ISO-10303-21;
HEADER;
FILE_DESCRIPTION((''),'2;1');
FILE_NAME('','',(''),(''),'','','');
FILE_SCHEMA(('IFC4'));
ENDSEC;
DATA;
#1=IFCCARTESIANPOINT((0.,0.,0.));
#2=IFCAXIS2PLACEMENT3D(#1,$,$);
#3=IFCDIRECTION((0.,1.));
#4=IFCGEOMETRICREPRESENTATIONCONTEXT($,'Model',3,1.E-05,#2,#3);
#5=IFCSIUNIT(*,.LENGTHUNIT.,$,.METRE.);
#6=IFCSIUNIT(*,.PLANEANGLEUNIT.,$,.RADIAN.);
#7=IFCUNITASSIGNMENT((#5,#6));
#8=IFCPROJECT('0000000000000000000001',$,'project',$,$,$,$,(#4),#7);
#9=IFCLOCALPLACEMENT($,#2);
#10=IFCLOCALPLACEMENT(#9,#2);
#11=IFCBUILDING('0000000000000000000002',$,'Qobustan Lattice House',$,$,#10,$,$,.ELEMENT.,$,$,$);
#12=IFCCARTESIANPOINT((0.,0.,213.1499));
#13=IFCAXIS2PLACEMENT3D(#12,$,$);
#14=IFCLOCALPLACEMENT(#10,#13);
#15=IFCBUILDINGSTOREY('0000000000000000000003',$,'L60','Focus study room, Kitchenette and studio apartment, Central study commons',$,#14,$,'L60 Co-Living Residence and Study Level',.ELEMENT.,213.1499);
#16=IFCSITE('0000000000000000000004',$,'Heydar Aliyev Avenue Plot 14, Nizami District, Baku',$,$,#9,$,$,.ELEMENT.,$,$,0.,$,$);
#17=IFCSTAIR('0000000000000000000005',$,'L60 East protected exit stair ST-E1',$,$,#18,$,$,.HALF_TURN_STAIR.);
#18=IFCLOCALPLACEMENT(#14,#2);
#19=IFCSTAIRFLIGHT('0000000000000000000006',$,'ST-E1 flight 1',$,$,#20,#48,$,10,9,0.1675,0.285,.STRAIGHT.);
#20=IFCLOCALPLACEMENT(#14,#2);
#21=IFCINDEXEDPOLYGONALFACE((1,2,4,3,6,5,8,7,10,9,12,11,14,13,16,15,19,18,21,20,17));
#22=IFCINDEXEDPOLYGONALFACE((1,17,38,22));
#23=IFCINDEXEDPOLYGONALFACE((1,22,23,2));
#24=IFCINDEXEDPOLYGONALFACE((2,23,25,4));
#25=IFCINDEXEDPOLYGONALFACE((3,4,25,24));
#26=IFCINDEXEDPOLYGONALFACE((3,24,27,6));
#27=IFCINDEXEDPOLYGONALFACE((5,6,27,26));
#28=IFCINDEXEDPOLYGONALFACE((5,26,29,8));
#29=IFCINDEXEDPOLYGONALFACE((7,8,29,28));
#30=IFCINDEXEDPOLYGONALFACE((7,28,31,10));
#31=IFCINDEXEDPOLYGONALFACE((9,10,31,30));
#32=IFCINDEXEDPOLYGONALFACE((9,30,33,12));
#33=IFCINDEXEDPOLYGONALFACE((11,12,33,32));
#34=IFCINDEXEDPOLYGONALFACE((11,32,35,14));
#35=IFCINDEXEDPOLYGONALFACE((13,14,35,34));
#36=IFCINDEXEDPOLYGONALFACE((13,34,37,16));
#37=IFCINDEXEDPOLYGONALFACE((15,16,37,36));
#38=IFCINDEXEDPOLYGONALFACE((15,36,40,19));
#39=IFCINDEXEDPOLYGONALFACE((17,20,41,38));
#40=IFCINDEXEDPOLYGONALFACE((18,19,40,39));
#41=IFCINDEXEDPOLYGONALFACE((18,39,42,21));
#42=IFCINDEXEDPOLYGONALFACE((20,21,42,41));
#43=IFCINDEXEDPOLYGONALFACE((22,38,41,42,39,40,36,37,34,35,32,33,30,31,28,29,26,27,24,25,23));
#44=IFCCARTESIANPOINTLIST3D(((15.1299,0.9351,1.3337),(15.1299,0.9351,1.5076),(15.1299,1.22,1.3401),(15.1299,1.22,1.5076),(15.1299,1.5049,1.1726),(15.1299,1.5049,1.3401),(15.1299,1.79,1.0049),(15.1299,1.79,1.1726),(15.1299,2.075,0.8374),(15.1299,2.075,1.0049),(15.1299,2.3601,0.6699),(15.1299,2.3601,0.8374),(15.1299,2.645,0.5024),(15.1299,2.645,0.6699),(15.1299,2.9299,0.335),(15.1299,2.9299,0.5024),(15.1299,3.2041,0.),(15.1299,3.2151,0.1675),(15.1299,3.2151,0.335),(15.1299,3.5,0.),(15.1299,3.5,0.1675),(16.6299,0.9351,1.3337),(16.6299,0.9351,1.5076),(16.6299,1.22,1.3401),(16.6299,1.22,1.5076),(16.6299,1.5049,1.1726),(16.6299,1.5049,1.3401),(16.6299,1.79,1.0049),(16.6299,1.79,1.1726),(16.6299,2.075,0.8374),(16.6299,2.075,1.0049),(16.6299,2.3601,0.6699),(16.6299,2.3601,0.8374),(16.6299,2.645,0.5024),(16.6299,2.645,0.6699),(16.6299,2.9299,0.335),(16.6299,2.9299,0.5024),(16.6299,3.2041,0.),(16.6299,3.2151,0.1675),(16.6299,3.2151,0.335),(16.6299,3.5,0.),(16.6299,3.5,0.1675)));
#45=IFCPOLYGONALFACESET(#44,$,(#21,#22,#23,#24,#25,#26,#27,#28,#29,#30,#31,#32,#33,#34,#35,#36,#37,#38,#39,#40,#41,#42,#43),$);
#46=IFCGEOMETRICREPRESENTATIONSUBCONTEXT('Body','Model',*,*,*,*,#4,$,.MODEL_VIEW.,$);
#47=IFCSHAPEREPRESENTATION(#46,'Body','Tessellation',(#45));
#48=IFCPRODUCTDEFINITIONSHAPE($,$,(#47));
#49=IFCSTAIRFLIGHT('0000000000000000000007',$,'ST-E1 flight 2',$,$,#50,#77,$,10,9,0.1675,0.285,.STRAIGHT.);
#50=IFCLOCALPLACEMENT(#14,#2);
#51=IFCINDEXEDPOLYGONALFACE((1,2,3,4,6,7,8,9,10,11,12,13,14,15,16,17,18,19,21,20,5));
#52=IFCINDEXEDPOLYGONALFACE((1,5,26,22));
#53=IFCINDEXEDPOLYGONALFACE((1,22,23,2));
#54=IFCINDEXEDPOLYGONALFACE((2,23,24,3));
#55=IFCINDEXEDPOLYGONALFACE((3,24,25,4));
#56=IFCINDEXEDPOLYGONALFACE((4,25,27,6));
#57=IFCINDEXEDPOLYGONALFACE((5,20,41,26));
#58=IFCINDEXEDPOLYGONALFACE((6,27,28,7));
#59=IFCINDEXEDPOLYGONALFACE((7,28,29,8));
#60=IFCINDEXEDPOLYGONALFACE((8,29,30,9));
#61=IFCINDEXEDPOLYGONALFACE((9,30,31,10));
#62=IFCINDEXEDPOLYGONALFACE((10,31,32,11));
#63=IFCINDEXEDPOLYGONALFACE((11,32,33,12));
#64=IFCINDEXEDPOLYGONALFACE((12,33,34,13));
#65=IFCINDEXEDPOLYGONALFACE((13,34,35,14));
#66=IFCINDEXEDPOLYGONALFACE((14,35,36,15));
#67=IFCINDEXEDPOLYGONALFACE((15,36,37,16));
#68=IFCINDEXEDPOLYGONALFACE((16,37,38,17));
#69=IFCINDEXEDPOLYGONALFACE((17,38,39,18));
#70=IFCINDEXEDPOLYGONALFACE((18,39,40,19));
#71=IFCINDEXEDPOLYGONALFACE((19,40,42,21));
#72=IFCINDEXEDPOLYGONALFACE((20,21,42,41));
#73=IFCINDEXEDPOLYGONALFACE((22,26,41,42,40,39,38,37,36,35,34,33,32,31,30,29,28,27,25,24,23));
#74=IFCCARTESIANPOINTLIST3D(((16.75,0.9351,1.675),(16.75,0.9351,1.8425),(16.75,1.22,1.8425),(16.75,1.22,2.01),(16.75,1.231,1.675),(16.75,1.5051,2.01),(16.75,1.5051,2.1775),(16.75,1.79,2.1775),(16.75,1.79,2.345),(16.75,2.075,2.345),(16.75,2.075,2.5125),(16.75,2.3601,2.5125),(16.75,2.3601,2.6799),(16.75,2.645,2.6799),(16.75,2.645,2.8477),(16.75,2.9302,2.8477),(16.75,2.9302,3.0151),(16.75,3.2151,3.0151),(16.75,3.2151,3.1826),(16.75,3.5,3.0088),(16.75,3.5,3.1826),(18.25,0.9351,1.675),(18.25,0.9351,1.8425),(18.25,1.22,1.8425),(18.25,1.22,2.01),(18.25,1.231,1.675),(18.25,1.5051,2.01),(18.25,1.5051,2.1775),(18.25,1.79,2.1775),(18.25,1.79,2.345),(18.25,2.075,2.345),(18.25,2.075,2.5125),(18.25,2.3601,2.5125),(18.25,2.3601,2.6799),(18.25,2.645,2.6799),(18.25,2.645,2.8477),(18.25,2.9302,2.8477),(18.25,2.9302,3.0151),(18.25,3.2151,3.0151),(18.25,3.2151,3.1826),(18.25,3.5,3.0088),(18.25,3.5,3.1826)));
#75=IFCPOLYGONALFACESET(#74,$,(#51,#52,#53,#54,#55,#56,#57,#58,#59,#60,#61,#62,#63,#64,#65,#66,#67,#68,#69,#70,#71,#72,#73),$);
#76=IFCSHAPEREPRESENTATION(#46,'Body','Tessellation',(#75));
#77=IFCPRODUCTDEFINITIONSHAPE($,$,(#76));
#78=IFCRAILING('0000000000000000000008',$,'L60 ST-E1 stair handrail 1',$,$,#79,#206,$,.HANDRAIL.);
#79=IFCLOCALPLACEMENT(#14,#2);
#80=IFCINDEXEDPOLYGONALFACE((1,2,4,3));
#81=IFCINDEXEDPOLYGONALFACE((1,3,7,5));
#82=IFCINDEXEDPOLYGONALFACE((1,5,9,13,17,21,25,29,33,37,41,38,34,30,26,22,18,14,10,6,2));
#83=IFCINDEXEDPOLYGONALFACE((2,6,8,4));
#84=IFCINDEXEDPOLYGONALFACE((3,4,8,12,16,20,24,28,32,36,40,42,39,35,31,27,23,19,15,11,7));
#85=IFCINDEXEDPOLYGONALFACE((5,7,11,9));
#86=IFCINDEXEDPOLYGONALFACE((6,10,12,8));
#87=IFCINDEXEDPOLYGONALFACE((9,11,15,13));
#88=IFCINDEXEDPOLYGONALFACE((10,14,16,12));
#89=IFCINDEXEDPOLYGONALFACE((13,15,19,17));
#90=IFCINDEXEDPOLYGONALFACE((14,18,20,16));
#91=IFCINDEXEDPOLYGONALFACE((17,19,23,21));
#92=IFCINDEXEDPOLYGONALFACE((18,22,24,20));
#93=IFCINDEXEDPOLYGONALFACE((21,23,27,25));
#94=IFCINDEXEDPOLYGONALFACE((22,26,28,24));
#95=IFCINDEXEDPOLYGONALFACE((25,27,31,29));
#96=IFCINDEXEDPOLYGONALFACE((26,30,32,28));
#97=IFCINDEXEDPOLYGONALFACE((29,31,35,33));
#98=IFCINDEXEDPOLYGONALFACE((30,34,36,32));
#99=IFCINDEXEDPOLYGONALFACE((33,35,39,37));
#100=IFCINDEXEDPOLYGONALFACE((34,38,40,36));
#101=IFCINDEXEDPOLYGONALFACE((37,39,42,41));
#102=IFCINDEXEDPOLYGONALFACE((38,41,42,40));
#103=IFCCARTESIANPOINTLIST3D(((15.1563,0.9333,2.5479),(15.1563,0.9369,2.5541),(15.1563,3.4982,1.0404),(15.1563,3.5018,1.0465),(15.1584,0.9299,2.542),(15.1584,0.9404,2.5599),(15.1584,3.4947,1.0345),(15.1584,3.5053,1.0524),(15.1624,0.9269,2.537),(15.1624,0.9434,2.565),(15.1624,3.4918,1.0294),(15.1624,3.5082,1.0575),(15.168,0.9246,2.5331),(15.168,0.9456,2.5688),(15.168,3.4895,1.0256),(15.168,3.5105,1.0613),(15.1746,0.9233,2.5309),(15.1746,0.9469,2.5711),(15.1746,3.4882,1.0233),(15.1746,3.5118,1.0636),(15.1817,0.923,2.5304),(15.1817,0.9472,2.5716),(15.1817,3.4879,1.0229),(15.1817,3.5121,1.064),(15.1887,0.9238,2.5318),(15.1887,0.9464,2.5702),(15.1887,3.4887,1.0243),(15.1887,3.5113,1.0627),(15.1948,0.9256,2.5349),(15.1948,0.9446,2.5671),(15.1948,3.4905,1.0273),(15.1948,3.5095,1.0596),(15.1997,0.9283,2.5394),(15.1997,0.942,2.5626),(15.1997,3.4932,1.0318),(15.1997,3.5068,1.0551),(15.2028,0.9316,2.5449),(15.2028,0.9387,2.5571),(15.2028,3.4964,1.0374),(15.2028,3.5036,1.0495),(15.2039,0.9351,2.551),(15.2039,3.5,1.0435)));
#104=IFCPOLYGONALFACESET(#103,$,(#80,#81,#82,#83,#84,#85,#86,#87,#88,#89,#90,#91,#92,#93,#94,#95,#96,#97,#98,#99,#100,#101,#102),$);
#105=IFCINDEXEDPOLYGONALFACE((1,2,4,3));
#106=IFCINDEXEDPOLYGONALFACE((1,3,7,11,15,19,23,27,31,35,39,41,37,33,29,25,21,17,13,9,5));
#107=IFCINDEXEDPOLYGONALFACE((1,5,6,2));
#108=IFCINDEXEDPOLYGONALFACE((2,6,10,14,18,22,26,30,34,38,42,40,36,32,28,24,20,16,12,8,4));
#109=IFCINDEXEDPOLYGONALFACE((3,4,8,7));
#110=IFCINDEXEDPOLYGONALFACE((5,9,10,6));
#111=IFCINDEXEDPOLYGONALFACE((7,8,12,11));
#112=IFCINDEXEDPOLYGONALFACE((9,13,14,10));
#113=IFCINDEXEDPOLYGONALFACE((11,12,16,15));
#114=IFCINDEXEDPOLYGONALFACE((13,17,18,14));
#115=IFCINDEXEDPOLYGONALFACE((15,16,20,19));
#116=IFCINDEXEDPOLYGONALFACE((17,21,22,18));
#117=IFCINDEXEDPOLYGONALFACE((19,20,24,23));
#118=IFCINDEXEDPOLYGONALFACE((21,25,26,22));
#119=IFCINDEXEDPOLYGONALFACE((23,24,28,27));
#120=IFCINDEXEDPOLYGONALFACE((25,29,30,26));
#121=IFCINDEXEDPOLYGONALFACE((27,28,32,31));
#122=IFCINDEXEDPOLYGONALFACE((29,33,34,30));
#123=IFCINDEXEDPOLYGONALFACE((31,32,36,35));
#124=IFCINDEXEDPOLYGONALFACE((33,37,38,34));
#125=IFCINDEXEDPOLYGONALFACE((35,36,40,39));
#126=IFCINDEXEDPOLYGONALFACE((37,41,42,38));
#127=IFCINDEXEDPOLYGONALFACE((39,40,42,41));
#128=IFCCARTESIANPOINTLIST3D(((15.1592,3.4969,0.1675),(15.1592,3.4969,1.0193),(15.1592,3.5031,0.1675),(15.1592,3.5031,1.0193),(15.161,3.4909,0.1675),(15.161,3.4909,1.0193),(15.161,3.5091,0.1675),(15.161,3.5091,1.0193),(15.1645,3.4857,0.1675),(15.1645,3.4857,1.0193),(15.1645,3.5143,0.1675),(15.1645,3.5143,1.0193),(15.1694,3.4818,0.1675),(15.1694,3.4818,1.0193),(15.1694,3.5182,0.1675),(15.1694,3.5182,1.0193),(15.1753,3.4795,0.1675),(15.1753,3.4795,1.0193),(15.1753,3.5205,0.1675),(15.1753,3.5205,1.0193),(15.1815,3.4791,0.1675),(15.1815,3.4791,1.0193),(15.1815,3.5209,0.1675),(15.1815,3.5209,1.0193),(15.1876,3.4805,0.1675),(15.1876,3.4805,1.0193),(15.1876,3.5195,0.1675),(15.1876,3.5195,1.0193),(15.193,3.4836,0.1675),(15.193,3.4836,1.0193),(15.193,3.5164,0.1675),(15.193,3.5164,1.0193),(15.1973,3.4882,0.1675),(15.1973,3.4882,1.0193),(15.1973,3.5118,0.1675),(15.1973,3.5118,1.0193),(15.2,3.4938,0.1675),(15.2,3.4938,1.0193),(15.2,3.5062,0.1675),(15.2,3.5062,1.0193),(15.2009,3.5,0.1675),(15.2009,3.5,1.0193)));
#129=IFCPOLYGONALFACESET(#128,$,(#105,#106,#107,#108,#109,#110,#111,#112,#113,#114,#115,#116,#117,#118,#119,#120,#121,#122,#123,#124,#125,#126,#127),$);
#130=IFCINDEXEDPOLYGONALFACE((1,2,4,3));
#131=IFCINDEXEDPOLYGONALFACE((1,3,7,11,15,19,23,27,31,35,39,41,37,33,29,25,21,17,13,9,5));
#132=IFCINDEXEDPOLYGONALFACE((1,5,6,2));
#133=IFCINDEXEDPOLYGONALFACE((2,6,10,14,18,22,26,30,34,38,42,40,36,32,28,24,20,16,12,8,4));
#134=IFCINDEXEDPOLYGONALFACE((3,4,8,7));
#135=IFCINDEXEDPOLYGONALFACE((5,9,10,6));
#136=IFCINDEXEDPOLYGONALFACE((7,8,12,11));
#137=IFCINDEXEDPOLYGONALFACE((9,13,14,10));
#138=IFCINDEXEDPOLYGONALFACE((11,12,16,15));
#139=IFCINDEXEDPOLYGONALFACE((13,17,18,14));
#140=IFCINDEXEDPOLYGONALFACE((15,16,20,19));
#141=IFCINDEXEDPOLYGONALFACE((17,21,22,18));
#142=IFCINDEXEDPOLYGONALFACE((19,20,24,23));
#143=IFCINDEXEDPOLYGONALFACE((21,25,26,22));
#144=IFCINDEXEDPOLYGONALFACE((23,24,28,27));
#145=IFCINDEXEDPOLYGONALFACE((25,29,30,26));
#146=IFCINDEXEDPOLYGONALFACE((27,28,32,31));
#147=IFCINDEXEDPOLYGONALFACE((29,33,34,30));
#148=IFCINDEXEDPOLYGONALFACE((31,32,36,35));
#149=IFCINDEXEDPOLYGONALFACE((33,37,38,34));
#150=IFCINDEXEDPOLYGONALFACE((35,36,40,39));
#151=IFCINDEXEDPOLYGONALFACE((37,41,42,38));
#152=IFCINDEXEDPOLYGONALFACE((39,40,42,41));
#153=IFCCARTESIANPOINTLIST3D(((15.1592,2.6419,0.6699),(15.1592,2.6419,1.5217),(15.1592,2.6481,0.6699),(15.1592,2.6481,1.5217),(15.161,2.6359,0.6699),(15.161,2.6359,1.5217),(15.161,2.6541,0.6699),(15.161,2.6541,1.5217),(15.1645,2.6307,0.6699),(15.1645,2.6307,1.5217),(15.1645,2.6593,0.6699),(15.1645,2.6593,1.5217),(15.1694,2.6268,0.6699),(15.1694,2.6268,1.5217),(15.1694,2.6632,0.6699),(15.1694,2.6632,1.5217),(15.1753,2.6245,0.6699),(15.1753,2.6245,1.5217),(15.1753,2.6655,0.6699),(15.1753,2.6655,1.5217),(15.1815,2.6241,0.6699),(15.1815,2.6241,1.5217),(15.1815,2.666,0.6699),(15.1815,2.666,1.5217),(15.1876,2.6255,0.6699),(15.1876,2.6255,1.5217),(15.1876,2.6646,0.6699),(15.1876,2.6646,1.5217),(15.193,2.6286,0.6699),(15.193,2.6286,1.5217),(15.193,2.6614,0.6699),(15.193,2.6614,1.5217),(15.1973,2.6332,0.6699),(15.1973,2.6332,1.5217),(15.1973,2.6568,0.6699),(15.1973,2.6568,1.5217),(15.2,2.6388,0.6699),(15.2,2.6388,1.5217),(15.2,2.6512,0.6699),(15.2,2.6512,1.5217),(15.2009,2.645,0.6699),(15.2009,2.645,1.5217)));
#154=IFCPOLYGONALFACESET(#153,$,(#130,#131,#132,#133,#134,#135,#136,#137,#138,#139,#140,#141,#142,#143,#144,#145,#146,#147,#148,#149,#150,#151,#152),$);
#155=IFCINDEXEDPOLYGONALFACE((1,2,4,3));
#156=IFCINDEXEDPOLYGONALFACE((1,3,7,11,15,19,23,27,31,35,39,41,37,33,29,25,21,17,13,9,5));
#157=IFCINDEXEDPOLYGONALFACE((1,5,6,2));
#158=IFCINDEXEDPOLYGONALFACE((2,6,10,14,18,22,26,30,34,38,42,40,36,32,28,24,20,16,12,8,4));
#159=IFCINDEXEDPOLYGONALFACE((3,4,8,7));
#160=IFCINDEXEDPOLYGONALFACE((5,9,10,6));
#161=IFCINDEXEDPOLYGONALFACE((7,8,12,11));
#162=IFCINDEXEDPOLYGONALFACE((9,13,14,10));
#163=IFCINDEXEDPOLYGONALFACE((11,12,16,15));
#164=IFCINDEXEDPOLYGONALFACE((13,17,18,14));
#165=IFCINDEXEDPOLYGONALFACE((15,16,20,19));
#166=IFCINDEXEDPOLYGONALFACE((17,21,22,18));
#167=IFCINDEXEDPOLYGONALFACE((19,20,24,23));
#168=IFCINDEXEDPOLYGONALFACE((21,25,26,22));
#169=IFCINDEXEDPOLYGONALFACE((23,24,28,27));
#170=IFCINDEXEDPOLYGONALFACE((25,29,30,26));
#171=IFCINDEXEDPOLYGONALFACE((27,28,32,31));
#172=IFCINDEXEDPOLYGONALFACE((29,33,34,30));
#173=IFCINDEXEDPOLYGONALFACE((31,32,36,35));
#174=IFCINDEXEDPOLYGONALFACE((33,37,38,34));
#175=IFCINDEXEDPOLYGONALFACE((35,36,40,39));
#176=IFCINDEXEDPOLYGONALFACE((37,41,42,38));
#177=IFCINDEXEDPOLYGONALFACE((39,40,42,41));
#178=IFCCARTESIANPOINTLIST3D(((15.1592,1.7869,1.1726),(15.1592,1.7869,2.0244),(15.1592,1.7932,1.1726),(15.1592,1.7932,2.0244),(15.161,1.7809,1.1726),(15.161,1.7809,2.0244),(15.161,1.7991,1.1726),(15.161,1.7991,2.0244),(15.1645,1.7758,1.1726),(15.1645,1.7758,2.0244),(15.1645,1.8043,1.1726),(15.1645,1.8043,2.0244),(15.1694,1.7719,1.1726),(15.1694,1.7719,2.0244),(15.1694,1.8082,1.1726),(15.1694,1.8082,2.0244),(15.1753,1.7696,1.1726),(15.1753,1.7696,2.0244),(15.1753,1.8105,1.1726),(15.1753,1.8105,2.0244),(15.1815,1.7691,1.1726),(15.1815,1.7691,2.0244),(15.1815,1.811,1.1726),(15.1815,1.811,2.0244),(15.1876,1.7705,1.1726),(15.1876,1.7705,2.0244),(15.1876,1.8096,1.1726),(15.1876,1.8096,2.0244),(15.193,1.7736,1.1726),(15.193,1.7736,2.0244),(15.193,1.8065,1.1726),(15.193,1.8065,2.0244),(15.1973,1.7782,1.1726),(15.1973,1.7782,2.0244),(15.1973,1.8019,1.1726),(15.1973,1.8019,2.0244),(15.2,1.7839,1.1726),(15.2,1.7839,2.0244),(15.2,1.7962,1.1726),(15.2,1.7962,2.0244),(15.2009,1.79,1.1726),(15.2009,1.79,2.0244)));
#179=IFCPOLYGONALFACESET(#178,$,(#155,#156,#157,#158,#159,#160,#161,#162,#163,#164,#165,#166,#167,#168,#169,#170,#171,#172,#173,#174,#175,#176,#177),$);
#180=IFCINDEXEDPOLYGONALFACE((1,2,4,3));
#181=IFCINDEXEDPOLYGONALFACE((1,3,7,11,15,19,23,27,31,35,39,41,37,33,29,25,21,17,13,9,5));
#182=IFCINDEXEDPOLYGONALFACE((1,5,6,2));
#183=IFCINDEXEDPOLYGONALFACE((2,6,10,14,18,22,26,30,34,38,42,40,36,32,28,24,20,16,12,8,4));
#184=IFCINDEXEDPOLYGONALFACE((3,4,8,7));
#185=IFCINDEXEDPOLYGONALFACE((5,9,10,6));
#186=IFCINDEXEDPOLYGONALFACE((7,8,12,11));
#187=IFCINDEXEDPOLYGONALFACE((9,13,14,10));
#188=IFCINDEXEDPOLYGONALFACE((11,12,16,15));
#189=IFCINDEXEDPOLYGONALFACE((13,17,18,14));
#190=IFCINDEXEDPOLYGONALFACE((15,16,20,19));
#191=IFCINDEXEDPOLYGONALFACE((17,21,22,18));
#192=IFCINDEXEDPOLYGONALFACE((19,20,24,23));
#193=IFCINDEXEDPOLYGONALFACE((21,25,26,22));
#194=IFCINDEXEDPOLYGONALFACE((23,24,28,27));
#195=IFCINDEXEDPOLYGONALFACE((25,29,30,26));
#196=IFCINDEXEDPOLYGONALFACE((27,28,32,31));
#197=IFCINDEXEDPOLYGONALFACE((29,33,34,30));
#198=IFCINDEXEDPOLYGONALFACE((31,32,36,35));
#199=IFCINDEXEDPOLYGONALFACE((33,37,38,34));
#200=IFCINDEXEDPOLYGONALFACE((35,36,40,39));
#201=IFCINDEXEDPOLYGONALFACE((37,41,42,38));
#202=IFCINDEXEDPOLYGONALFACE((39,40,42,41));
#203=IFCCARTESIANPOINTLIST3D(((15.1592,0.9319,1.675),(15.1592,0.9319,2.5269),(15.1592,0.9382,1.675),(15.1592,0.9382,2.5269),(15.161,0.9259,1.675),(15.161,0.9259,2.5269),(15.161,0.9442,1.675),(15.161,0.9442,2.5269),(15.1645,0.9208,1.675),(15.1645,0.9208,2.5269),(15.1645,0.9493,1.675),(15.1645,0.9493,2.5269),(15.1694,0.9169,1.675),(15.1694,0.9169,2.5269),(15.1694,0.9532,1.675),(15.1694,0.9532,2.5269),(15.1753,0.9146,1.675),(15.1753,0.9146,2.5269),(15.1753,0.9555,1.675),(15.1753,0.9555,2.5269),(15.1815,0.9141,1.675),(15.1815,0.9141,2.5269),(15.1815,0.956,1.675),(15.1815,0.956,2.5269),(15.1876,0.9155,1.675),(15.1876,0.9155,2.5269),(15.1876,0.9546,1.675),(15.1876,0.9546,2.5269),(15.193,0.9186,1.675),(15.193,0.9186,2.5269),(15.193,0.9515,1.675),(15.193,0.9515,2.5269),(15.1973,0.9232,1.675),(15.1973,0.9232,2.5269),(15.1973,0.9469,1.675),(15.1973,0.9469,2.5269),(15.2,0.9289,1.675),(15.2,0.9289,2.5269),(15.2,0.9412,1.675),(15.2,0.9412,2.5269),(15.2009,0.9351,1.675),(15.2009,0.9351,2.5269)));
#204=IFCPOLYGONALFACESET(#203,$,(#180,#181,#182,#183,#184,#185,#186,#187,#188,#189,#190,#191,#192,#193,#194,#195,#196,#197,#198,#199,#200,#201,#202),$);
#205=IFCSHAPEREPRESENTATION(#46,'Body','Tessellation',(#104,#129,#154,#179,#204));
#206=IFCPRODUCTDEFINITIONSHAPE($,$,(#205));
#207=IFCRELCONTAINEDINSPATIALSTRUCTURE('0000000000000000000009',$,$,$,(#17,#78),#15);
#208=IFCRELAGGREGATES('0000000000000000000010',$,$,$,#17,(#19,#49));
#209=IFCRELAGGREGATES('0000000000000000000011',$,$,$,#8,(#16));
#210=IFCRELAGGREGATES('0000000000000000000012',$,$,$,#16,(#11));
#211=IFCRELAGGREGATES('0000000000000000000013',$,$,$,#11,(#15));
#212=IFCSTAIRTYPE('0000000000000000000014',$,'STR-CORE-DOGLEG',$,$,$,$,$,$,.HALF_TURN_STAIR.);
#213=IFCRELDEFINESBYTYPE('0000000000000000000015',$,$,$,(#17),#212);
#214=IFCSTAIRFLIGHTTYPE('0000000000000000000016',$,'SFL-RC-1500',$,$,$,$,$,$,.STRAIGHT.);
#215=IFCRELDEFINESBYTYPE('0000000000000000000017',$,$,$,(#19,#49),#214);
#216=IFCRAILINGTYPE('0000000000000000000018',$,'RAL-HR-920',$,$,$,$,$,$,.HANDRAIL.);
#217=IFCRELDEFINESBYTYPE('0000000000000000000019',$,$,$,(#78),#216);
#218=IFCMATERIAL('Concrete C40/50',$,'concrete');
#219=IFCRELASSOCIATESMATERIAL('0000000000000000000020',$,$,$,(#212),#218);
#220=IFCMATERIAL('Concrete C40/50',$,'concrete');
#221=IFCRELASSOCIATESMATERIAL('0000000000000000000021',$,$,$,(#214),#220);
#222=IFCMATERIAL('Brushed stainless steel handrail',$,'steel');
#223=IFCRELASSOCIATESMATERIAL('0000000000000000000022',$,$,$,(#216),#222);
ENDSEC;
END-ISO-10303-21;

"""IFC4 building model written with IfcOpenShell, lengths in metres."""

from ifc_helpers import new_model, si_unit, direction, frame, origin, origin_2d, place, context, subcontext, project, spatial, polyline, circle, outline, extrude, material, type_object, element, aggregate, save


model = new_model("IFC4")

# Units and contexts
model_context = context("Model", 3, precision=1e-05, world=origin(), true_north=direction((0.0, 1.0)))
body_context = subcontext(model_context, "Body", "Model", "MODEL_VIEW")
ifc_project = project(units=[si_unit("LENGTHUNIT", "METRE"), si_unit("PLANEANGLEUNIT", "RADIAN")], contexts=[model_context])

# Site, building, storey
site_placement = place(None, origin())
site = spatial("IfcSite", under=ifc_project, at=site_placement, Name="Heydar Aliyev Avenue Plot 14, Nizami District, Baku", CompositionType="ELEMENT", RefElevation=0.0)
building_placement = place(site_placement, origin())
building = spatial("IfcBuilding", under=site, at=building_placement, Name="Qobustan Lattice House", CompositionType="ELEMENT")
storey_placement = place(building_placement, frame((0.0, 0.0, 213.1499)))
storey = spatial("IfcBuildingStorey", under=building, at=storey_placement, Name="L60", Description="Focus study room, Kitchenette and studio apartment, Central study commons", LongName="L60 Co-Living Residence and Study Level", CompositionType="ELEMENT", Elevation=213.1499)

# Stair, stair flights
ifc_material_1 = material(Name="Concrete C40/50", Category="concrete")
stair_type = type_object("IfcStairType", Name="STR-CORE-DOGLEG", PredefinedType="HALF_TURN_STAIR", material=ifc_material_1)
stair_placement = place(storey_placement, origin())
stair = element("IfcStair", 1, at=stair_placement, inside=storey, type_object=stair_type, Name="L60 East protected exit stair ST-E1", PredefinedType="HALF_TURN_STAIR")
ifc_material_2 = material(Name="Concrete C40/50", Category="concrete")
stair_flight_type = type_object("IfcStairFlightType", Name="SFL-RC-1500", PredefinedType="STRAIGHT", material=ifc_material_2)
stair_flight_1_placement = place(storey_placement, frame((15.8799, 3.5, 0.0), z_axis=(0.0, 0.0, 1.0), x_axis=(0.0, -1.0, 0.0)))
stair_flight_1 = element("IfcStairFlight", 2, at=stair_flight_1_placement, type_object=stair_flight_type, Name="ST-E1 flight 1", NumberOfRisers=10, NumberOfTreads=9, PredefinedType="STRAIGHT", RiserHeight=0.1675, TreadLength=0.285, context=body_context, shape_type="SweptSolid", body=[
    extrude(outline(polyline([(0.0, 0.0), (0.0, 0.1675), (0.2849, 0.1675), (0.2849, 0.335), (0.5701, 0.335), (0.5701, 0.5024), (0.855, 0.5024), (0.855, 0.6699), (1.1399, 0.6699), (1.1399, 0.8374), (1.425, 0.8374), (1.425, 1.0049), (1.71, 1.0049), (1.71, 1.1726), (1.9951, 1.1726), (1.9951, 1.3401), (2.28, 1.3401), (2.28, 1.5076), (2.5649, 1.5076), (2.5649, 1.675), (2.5649, 1.3337), (0.2959, 0.0), (0.0, 0.0)])), frame((0.0, 0.75, 0.0), z_axis=(0.0, -1.0, 0.0), x_axis=(1.0, 0.0, 0.0)), (0.0, 0.0, 1.0), 1.5),
])
stair_flight_2_placement = place(storey_placement, frame((17.5, 0.9351, 1.675), z_axis=(0.0, 0.0, 1.0), x_axis=(0.0, 1.0, 0.0)))
stair_flight_2 = element("IfcStairFlight", 3, at=stair_flight_2_placement, type_object=stair_flight_type, Name="ST-E1 flight 2", NumberOfRisers=10, NumberOfTreads=9, PredefinedType="STRAIGHT", RiserHeight=0.1675, TreadLength=0.285, context=body_context, shape_type="SweptSolid", body=[
    extrude(outline(polyline([(0.0, 0.0), (0.0, 0.1675), (0.2849, 0.1675), (0.2849, 0.335), (0.5701, 0.335), (0.5701, 0.5024), (0.855, 0.5024), (0.855, 0.6699), (1.1399, 0.6699), (1.1399, 0.8374), (1.425, 0.8374), (1.425, 1.0049), (1.71, 1.0049), (1.71, 1.1726), (1.9951, 1.1726), (1.9951, 1.3401), (2.28, 1.3401), (2.28, 1.5076), (2.5649, 1.5076), (2.5649, 1.675), (2.5649, 1.3337), (0.2959, 0.0), (0.0, 0.0)])), frame((0.0, 0.75, 0.0), z_axis=(0.0, -1.0, 0.0), x_axis=(1.0, 0.0, 0.0)), (0.0, 0.0, 1.0), 1.5),
])
aggregate(stair, [stair_flight_1, stair_flight_2])

# Railing
ifc_material_3 = material(Name="Brushed stainless steel handrail", Category="steel")
railing_type_1 = type_object("IfcRailingType", Name="RAL-HR-920", PredefinedType="HANDRAIL", material=ifc_material_3)
railing_1_placement = place(storey_placement, frame((15.1799, 3.5, 0.1675)))
element("IfcRailing", 4, at=railing_1_placement, inside=storey, type_object=railing_type_1, Name="L60 ST-E1 stair handrail 1", PredefinedType="HANDRAIL", context=body_context, shape_type="SweptSolid", body=[
    extrude(circle(Radius=0.0239, at=origin_2d()), frame((0.0, 0.0, 0.876), z_axis=(0.0, -0.862113, 0.506715), x_axis=(1.0, 0.0, 0.0)), (0.0, 0.0, 1.0), 2.9751),
    extrude(circle(Radius=0.021, at=origin_2d()), origin(), (0.0, 0.0, 1.0), 0.8518),
    extrude(circle(Radius=0.021, at=origin_2d()), frame((0.0, -0.855, 0.5024)), (0.0, 0.0, 1.0), 0.8518),
    extrude(circle(Radius=0.021, at=origin_2d()), frame((0.0, -1.71, 1.0051)), (0.0, 0.0, 1.0), 0.8518),
    extrude(circle(Radius=0.021, at=origin_2d()), frame((0.0, -2.5649, 1.5076)), (0.0, 0.0, 1.0), 0.8518),
])

save(model, "model.ifc")
